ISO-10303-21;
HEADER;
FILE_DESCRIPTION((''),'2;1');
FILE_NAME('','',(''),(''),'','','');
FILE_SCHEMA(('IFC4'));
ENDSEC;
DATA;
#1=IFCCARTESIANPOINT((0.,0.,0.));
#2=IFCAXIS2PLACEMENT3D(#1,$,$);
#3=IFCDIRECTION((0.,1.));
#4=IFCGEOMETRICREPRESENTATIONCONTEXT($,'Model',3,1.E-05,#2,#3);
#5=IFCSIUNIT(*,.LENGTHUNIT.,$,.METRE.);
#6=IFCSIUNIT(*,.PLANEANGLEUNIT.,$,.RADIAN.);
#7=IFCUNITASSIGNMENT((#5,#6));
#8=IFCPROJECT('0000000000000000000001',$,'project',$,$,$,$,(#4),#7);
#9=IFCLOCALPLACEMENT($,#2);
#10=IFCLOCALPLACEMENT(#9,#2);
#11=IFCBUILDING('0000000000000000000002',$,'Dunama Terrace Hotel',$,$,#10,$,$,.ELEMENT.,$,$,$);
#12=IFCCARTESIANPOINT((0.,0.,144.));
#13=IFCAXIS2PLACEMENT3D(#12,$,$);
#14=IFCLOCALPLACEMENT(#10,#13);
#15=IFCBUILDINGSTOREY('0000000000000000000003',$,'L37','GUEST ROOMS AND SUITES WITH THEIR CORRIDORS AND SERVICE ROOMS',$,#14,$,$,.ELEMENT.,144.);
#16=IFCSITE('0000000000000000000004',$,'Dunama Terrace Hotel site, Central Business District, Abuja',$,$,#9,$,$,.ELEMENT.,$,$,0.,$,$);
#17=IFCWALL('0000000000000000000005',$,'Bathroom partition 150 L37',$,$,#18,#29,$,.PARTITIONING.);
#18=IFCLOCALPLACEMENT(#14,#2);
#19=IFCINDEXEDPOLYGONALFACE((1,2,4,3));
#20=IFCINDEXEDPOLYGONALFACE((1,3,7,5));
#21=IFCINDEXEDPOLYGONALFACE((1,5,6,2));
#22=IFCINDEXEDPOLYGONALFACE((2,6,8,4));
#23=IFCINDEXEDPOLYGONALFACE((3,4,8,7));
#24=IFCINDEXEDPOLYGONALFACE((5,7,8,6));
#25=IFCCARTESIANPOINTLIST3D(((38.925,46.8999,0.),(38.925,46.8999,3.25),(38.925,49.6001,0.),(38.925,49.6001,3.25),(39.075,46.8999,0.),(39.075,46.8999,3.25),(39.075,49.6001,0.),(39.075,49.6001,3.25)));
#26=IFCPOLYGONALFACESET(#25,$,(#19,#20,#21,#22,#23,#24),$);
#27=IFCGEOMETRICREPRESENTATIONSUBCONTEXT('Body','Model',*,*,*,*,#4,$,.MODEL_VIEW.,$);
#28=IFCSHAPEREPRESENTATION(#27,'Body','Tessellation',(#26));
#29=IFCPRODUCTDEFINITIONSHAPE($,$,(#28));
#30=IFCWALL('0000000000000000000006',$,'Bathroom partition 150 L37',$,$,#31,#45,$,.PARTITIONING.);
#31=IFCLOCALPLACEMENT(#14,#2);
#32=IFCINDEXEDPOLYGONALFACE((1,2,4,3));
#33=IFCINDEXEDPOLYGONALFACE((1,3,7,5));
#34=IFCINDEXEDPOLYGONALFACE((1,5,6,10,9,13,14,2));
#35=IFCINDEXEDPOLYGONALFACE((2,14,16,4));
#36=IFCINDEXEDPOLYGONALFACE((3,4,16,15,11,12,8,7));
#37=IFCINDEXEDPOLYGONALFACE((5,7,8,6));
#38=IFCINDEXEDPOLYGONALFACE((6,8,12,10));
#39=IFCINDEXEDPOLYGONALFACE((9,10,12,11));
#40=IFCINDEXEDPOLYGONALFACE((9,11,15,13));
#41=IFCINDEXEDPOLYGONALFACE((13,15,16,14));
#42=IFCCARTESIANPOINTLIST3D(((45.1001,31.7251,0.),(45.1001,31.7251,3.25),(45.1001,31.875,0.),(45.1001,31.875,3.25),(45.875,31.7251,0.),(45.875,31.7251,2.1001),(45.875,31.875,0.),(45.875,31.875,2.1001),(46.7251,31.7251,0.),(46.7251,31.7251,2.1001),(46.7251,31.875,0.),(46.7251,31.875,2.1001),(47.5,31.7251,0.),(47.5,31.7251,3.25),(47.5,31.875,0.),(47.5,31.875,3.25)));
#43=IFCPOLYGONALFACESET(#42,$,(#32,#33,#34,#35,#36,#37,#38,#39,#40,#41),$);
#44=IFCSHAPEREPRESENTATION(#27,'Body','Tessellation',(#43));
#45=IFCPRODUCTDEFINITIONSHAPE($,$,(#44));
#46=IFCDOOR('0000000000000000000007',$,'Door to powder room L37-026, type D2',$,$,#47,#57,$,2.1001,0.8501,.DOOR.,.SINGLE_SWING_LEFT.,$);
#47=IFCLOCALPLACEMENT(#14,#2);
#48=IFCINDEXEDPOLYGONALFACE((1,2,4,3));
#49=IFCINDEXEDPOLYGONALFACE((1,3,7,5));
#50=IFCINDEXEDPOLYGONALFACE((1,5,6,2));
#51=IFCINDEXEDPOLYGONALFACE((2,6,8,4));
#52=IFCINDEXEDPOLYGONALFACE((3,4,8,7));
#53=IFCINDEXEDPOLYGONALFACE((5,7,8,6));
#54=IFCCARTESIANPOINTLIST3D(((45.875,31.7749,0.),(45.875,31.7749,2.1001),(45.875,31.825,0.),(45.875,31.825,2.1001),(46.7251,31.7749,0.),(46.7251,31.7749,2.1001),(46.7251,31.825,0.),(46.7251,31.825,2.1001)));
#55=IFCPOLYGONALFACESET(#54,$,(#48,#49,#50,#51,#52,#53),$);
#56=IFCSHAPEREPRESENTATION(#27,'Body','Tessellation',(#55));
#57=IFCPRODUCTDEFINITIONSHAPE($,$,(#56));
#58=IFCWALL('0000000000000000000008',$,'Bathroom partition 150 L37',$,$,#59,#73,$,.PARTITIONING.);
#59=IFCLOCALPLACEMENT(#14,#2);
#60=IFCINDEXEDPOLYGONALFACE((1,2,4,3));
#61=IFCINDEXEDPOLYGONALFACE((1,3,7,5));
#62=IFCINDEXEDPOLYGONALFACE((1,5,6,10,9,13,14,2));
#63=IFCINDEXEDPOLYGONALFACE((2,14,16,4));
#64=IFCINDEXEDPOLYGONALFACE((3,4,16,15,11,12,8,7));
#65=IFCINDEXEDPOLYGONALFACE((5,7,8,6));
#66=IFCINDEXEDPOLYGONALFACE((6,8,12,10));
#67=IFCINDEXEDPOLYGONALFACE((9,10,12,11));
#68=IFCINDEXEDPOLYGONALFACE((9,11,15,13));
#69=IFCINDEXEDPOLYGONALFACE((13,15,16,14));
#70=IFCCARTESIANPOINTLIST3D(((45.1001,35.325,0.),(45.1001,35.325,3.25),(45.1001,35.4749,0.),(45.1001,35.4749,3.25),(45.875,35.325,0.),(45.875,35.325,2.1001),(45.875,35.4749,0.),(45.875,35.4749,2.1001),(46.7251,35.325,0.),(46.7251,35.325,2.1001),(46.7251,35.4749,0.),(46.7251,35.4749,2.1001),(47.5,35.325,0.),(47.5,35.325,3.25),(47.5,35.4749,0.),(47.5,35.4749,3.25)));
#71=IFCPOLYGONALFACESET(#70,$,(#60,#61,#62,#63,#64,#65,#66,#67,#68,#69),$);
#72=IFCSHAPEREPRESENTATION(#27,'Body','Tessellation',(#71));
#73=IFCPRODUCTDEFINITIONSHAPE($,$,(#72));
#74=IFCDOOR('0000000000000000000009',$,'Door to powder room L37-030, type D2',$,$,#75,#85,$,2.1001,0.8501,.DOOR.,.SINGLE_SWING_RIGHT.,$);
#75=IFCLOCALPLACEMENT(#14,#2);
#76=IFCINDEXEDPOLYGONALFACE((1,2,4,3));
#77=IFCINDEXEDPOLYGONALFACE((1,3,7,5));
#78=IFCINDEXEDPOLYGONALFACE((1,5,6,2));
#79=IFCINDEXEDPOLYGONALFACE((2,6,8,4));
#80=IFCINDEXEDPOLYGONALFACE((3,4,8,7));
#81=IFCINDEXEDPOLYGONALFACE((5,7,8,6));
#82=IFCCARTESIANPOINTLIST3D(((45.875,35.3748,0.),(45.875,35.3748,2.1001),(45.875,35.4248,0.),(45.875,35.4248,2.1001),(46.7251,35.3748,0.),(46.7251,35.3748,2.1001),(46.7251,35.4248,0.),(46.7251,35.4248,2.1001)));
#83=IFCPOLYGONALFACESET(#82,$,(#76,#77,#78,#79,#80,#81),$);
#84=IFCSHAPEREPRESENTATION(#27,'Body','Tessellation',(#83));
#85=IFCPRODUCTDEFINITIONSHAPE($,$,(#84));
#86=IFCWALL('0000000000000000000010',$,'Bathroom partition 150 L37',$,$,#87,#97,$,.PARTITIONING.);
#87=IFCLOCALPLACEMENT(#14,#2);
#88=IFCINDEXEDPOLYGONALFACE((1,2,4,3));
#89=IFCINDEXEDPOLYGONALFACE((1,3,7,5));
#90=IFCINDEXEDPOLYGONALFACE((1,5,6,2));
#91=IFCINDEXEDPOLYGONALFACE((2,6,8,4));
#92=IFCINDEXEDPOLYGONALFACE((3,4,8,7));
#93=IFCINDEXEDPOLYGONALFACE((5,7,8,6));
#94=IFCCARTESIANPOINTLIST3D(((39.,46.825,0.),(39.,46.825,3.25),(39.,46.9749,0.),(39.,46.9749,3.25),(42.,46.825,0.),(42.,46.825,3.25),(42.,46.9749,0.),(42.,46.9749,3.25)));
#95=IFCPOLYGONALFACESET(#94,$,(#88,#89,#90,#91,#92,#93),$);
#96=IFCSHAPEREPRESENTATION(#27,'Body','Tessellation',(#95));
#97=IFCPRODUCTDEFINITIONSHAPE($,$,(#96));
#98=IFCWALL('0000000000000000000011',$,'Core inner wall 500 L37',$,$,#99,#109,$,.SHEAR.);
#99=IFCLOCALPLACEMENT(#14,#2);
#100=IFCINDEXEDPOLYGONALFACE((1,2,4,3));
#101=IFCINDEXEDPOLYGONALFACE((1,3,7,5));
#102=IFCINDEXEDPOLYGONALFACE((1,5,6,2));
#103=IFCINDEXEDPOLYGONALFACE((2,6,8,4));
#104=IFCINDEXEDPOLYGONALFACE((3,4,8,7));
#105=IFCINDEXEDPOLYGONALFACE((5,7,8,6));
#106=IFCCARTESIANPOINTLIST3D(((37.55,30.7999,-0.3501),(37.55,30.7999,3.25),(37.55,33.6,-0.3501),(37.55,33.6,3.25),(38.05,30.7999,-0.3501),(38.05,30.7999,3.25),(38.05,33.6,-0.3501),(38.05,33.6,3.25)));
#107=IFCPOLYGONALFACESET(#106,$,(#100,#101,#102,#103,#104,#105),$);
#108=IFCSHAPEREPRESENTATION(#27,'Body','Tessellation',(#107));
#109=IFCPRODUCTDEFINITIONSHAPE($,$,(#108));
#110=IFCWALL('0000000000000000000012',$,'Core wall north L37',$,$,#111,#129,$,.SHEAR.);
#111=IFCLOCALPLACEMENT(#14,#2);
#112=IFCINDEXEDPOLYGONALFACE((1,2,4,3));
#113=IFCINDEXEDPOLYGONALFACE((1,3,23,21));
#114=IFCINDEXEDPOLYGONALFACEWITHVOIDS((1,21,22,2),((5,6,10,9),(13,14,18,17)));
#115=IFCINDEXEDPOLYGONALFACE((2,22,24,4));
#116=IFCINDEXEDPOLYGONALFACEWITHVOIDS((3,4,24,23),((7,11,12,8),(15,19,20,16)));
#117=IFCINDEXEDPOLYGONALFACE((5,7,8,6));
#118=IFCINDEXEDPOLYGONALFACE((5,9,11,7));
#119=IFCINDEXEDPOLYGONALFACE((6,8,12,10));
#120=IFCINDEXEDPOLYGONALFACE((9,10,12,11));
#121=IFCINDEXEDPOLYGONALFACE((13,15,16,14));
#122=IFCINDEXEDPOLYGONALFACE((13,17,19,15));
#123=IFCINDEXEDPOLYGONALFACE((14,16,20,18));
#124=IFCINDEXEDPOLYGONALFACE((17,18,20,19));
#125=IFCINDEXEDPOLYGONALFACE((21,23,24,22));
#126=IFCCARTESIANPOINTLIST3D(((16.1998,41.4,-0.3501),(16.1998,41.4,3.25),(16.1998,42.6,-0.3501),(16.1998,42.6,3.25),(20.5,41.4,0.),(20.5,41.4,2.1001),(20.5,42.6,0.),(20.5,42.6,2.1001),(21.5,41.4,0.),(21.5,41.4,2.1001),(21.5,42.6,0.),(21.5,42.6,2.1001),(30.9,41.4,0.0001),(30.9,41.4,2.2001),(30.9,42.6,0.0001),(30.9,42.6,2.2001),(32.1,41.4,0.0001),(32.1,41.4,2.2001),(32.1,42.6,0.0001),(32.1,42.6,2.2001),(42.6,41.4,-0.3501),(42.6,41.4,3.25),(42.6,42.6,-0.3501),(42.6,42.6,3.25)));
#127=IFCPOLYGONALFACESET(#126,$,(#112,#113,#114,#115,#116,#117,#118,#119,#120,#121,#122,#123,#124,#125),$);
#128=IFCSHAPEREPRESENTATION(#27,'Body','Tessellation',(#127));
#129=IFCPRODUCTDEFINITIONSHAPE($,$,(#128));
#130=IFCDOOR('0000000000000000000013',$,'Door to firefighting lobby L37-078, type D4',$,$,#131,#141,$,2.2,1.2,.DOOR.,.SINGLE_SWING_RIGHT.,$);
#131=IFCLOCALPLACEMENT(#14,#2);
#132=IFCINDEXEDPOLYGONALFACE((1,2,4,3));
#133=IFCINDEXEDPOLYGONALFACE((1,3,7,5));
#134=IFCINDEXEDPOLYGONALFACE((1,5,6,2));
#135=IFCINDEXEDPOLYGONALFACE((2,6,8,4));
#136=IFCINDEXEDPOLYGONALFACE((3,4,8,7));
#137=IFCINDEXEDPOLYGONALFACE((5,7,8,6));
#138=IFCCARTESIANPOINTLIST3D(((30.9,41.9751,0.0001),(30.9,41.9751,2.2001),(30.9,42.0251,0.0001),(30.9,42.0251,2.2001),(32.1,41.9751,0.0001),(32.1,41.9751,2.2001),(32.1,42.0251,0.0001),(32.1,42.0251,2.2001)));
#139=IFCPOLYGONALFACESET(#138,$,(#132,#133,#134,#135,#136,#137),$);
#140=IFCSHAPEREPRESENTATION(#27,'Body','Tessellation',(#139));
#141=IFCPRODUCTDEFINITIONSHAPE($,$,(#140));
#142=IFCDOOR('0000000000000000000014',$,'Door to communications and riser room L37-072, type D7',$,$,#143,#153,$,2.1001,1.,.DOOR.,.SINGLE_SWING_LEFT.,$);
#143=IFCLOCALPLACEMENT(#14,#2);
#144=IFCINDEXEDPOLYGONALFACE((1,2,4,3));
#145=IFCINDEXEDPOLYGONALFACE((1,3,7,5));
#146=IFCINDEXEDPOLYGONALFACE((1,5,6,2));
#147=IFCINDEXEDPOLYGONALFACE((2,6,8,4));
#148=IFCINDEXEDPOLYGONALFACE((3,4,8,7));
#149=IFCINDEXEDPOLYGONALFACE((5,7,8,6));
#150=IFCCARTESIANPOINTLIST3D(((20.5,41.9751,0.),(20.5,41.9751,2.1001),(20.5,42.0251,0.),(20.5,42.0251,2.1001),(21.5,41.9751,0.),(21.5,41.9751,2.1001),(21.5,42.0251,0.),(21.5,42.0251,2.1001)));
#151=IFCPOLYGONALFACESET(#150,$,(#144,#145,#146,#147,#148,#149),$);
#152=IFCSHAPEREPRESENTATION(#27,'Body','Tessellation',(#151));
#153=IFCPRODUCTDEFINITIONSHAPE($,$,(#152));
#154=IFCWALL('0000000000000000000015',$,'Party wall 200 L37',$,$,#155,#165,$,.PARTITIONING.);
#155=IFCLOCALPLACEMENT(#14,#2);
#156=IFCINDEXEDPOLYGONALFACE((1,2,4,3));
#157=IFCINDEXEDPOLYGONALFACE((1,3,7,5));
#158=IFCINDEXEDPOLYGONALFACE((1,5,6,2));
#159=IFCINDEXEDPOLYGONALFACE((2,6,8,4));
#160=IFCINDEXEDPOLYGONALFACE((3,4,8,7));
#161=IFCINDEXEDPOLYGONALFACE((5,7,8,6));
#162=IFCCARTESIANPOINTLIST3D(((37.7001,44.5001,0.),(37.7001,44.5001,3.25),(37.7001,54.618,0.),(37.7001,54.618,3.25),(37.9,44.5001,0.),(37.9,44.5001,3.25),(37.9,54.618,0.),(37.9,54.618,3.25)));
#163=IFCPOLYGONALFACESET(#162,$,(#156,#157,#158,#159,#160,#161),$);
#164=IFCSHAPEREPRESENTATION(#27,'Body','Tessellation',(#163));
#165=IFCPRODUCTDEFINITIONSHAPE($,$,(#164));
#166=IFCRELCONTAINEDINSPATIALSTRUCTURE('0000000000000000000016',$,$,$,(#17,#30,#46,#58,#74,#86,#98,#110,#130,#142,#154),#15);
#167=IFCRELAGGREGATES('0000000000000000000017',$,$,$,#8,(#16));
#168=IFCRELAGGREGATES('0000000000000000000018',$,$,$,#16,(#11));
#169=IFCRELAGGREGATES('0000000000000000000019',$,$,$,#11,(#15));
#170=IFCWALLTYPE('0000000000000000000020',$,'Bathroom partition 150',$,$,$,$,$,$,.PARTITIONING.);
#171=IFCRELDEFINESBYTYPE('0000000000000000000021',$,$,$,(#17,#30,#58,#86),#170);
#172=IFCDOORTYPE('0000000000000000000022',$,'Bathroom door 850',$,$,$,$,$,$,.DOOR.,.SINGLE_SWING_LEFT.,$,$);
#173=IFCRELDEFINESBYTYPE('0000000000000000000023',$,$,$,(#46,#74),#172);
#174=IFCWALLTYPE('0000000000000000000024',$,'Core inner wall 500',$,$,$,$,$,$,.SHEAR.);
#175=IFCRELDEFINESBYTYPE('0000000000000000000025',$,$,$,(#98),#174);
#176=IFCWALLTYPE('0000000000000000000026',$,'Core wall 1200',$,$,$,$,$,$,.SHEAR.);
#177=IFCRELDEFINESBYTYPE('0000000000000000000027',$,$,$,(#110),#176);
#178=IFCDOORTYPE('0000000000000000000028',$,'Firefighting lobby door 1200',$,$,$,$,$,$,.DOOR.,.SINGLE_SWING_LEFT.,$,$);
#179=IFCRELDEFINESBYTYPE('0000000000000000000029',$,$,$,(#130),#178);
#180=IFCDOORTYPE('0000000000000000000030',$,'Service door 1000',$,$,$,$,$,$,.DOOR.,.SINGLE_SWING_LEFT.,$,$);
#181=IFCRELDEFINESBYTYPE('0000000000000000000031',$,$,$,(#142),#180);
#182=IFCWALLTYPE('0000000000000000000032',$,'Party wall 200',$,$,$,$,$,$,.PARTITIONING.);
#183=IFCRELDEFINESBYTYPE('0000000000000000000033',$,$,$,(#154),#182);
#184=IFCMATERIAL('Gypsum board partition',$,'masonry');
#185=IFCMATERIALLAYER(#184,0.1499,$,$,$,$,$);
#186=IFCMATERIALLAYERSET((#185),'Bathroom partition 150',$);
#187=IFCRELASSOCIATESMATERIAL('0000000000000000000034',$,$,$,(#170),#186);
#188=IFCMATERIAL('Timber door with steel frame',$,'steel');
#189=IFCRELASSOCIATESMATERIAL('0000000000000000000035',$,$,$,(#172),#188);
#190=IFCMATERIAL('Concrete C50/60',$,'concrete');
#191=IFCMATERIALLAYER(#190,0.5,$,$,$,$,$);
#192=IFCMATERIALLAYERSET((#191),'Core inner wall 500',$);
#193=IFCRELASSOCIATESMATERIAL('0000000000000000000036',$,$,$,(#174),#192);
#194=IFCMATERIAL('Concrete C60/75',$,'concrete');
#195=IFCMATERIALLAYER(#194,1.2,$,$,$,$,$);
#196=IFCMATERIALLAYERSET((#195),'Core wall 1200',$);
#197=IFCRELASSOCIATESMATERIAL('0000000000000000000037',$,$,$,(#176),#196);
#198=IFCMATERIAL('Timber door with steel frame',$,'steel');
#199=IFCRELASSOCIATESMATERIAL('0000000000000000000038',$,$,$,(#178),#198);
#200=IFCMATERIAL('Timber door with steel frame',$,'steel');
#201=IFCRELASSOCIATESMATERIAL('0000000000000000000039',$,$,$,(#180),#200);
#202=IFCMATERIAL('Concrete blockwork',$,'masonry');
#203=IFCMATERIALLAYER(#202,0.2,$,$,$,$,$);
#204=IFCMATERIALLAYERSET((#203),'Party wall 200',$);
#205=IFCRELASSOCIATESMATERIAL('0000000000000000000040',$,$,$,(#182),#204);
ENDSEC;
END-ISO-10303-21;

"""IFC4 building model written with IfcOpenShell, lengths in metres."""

from ifc_helpers import new_model, si_unit, direction, frame, frame_2d, origin, place, context, subcontext, project, spatial, rectangle, extrude, material, layer, layer_set, type_object, element, fill, save


model = new_model("IFC4")

# Units and contexts
model_context = context("Model", 3, precision=1e-05, world=origin(), true_north=direction((0.0, 1.0)))
body_context = subcontext(model_context, "Body", "Model", "MODEL_VIEW")
ifc_project = project(units=[si_unit("LENGTHUNIT", "METRE"), si_unit("PLANEANGLEUNIT", "RADIAN")], contexts=[model_context])

# Site, building, storey
site_placement = place(None, origin())
site = spatial("IfcSite", under=ifc_project, at=site_placement, Name="Dunama Terrace Hotel site, Central Business District, Abuja", CompositionType="ELEMENT", RefElevation=0.0)
building_placement = place(site_placement, origin())
building = spatial("IfcBuilding", under=site, at=building_placement, Name="Dunama Terrace Hotel", CompositionType="ELEMENT")
storey_placement = place(building_placement, frame((0.0, 0.0, 144.0)))
storey = spatial("IfcBuildingStorey", under=building, at=storey_placement, Name="L37", Description="GUEST ROOMS AND SUITES WITH THEIR CORRIDORS AND SERVICE ROOMS", CompositionType="ELEMENT", Elevation=144.0)

# Wall
ifc_material_1 = material(Name="Gypsum board partition", Category="masonry")
ifc_layer_1 = layer(ifc_material_1, 0.1499)
ifc_layer_set_1 = layer_set([ifc_layer_1], Name="Bathroom partition 150")
wall_type_1 = type_object("IfcWallType", Name="Bathroom partition 150", PredefinedType="PARTITIONING", material=ifc_layer_set_1)
wall_1_placement = place(storey_placement, frame((39.0, 46.8999, 0.0), z_axis=(0.0, 0.0, 1.0), x_axis=(0.0, 1.0, 0.0)))
element("IfcWall", 1, at=wall_1_placement, inside=storey, type_object=wall_type_1, Name="Bathroom partition 150 L37", PredefinedType="PARTITIONING", context=body_context, shape_type="SweptSolid", body=[
    extrude(rectangle(XDim=2.7002, YDim=0.1499, at=frame_2d((1.3501, 0.0))), origin(), (0.0, 0.0, 1.0), 3.25),
])

# Walls, openings, doors
wall_2_placement = place(storey_placement, frame((45.1001, 31.8, 0.0), z_axis=(0.0, 0.0, 1.0), x_axis=(1.0, 0.0, 0.0)))
wall_2 = element("IfcWall", 2, at=wall_2_placement, inside=storey, type_object=wall_type_1, Name="Bathroom partition 150 L37", PredefinedType="PARTITIONING", context=body_context, shape_type="SweptSolid", body=[
    extrude(rectangle(XDim=2.3999, YDim=0.1499, at=frame_2d((1.2, 0.0))), origin(), (0.0, 0.0, 1.0), 3.25),
])
opening_1_placement = place(wall_2_placement, frame((0.7749, 0.0, 0.0)))
opening_1 = element("IfcOpeningElement", 3, at=opening_1_placement, cuts=wall_2, PredefinedType="OPENING", context=body_context, shape_type="SweptSolid", body=[
    extrude(rectangle(XDim=0.8501, YDim=2.1001, at=frame_2d((0.425, 1.05))), frame((0.0, 0.085, 0.0), z_axis=(0.0, -1.0, 0.0), x_axis=(1.0, 0.0, 0.0)), (0.0, 0.0, 1.0), 0.1699),
])
ifc_material_2 = material(Name="Timber door with steel frame", Category="steel")
door_type_1 = type_object("IfcDoorType", Name="Bathroom door 850", OperationType="SINGLE_SWING_LEFT", PredefinedType="DOOR", material=ifc_material_2)
door_1_placement = place(opening_1_placement, origin())
door_1 = element("IfcDoor", 4, at=door_1_placement, inside=storey, type_object=door_type_1, Name="Door to powder room L37-026, type D2", OperationType="SINGLE_SWING_LEFT", OverallHeight=2.1001, OverallWidth=0.8501, PredefinedType="DOOR", context=body_context, shape_type="SweptSolid", body=[
    extrude(rectangle(XDim=0.8501, YDim=2.1001, at=frame_2d((0.425, 1.05))), frame((0.0, 0.0249, 0.0), z_axis=(0.0, -1.0, 0.0), x_axis=(1.0, 0.0, 0.0)), (0.0, 0.0, 1.0), 0.05),
])
fill(opening_1, door_1)
wall_3_placement = place(storey_placement, frame((45.1001, 35.3999, 0.0), z_axis=(0.0, 0.0, 1.0), x_axis=(1.0, 0.0, 0.0)))
wall_3 = element("IfcWall", 5, at=wall_3_placement, inside=storey, type_object=wall_type_1, Name="Bathroom partition 150 L37", PredefinedType="PARTITIONING", context=body_context, shape_type="SweptSolid", body=[
    extrude(rectangle(XDim=2.3999, YDim=0.1499, at=frame_2d((1.2, 0.0))), origin(), (0.0, 0.0, 1.0), 3.25),
])
opening_2_placement = place(wall_3_placement, frame((0.7749, 0.0, 0.0)))
opening_2 = element("IfcOpeningElement", 6, at=opening_2_placement, cuts=wall_3, PredefinedType="OPENING", context=body_context, shape_type="SweptSolid", body=[
    extrude(rectangle(XDim=0.8501, YDim=2.1001, at=frame_2d((0.425, 1.05))), frame((0.0, 0.085, 0.0), z_axis=(0.0, -1.0, 0.0), x_axis=(1.0, 0.0, 0.0)), (0.0, 0.0, 1.0), 0.1699),
])
door_2_placement = place(opening_2_placement, frame((0.8501, 0.0, 0.0), z_axis=(0.0, 0.0, 1.0), x_axis=(-1.0, 0.0, 0.0)))
door_2 = element("IfcDoor", 7, at=door_2_placement, inside=storey, type_object=door_type_1, Name="Door to powder room L37-030, type D2", OperationType="SINGLE_SWING_RIGHT", OverallHeight=2.1001, OverallWidth=0.8501, PredefinedType="DOOR", context=body_context, shape_type="SweptSolid", body=[
    extrude(rectangle(XDim=0.8501, YDim=2.1001, at=frame_2d((0.425, 1.05))), frame((0.0, 0.0251, 0.0), z_axis=(0.0, -1.0, 0.0), x_axis=(1.0, 0.0, 0.0)), (0.0, 0.0, 1.0), 0.05),
])
fill(opening_2, door_2)

# Walls
wall_4_placement = place(storey_placement, frame((39.0, 46.8999, 0.0), z_axis=(0.0, 0.0, 1.0), x_axis=(1.0, 0.0, 0.0)))
element("IfcWall", 8, at=wall_4_placement, inside=storey, type_object=wall_type_1, Name="Bathroom partition 150 L37", PredefinedType="PARTITIONING", context=body_context, shape_type="SweptSolid", body=[
    extrude(rectangle(XDim=3.0, YDim=0.1499, at=frame_2d((1.5, 0.0))), origin(), (0.0, 0.0, 1.0), 3.25),
])
ifc_material_3 = material(Name="Concrete C50/60", Category="concrete")
ifc_layer_2 = layer(ifc_material_3, 0.5)
ifc_layer_set_2 = layer_set([ifc_layer_2], Name="Core inner wall 500")
wall_type_2 = type_object("IfcWallType", Name="Core inner wall 500", PredefinedType="SHEAR", material=ifc_layer_set_2)
wall_5_placement = place(storey_placement, frame((37.8, 30.8, -0.3501), z_axis=(0.0, 0.0, 1.0), x_axis=(0.0, 1.0, 0.0)))
element("IfcWall", 9, at=wall_5_placement, inside=storey, type_object=wall_type_2, Name="Core inner wall 500 L37", PredefinedType="SHEAR", context=body_context, shape_type="SweptSolid", body=[
    extrude(rectangle(XDim=2.8, YDim=0.5, at=frame_2d((1.3999, 0.0))), origin(), (0.0, 0.0, 1.0), 3.6001),
])

# Wall, openings, doors
ifc_material_4 = material(Name="Concrete C60/75", Category="concrete")
ifc_layer_3 = layer(ifc_material_4, 1.2)
ifc_layer_set_3 = layer_set([ifc_layer_3], Name="Core wall 1200")
wall_type_3 = type_object("IfcWallType", Name="Core wall 1200", PredefinedType="SHEAR", material=ifc_layer_set_3)
wall_6_placement = place(storey_placement, frame((42.6001, 42.0, -0.3501), z_axis=(0.0, 0.0, 1.0), x_axis=(-1.0, 0.0, 0.0)))
wall_6 = element("IfcWall", 10, at=wall_6_placement, inside=storey, type_object=wall_type_3, Name="Core wall north L37", PredefinedType="SHEAR", context=body_context, shape_type="SweptSolid", body=[
    extrude(rectangle(XDim=26.4001, YDim=1.2, at=frame_2d((13.2002, 0.0))), origin(), (0.0, 0.0, 1.0), 3.6001),
])
opening_3_placement = place(wall_6_placement, frame((21.1001, 0.0, 0.3501)))
opening_3 = element("IfcOpeningElement", 11, at=opening_3_placement, cuts=wall_6, PredefinedType="OPENING", context=body_context, shape_type="SweptSolid", body=[
    extrude(rectangle(XDim=1.0, YDim=2.1001, at=frame_2d((0.5, 1.05))), frame((0.0, 0.6099, 0.0), z_axis=(0.0, -1.0, 0.0), x_axis=(1.0, 0.0, 0.0)), (0.0, 0.0, 1.0), 1.22),
])
opening_4_placement = place(wall_6_placement, frame((10.5, 0.0, 0.3501)))
opening_4 = element("IfcOpeningElement", 12, at=opening_4_placement, cuts=wall_6, PredefinedType="OPENING", context=body_context, shape_type="SweptSolid", body=[
    extrude(rectangle(XDim=1.2, YDim=2.2, at=frame_2d((0.6001, 1.1001))), frame((0.0, 0.6099, 0.0), z_axis=(0.0, -1.0, 0.0), x_axis=(1.0, 0.0, 0.0)), (0.0, 0.0, 1.0), 1.22),
])
ifc_material_5 = material(Name="Timber door with steel frame", Category="steel")
door_type_2 = type_object("IfcDoorType", Name="Firefighting lobby door 1200", OperationType="SINGLE_SWING_LEFT", PredefinedType="DOOR", material=ifc_material_5)
door_3_placement = place(opening_4_placement, origin())
door_3 = element("IfcDoor", 13, at=door_3_placement, inside=storey, type_object=door_type_2, Name="Door to firefighting lobby L37-078, type D4", OperationType="SINGLE_SWING_RIGHT", OverallHeight=2.2, OverallWidth=1.2, PredefinedType="DOOR", context=body_context, shape_type="SweptSolid", body=[
    extrude(rectangle(XDim=1.2, YDim=2.2, at=frame_2d((0.6001, 1.1001))), frame((0.0, 0.0249, 0.0), z_axis=(0.0, -1.0, 0.0), x_axis=(1.0, 0.0, 0.0)), (0.0, 0.0, 1.0), 0.05),
])
fill(opening_4, door_3)
ifc_material_6 = material(Name="Timber door with steel frame", Category="steel")
door_type_3 = type_object("IfcDoorType", Name="Service door 1000", OperationType="SINGLE_SWING_LEFT", PredefinedType="DOOR", material=ifc_material_6)
door_4_placement = place(opening_3_placement, origin())
door_4 = element("IfcDoor", 14, at=door_4_placement, inside=storey, type_object=door_type_3, Name="Door to communications and riser room L37-072, type D7", OperationType="SINGLE_SWING_LEFT", OverallHeight=2.1001, OverallWidth=1.0, PredefinedType="DOOR", context=body_context, shape_type="SweptSolid", body=[
    extrude(rectangle(XDim=1.0, YDim=2.1001, at=frame_2d((0.5, 1.05))), frame((0.0, 0.0249, 0.0), z_axis=(0.0, -1.0, 0.0), x_axis=(1.0, 0.0, 0.0)), (0.0, 0.0, 1.0), 0.05),
])
fill(opening_3, door_4)

# Wall
ifc_material_7 = material(Name="Concrete blockwork", Category="masonry")
ifc_layer_4 = layer(ifc_material_7, 0.2)
ifc_layer_set_4 = layer_set([ifc_layer_4], Name="Party wall 200")
wall_type_4 = type_object("IfcWallType", Name="Party wall 200", PredefinedType="PARTITIONING", material=ifc_layer_set_4)
for number, where, z_axis, x_axis, name in (
    (15, (37.8, 44.5, 0.0), (0.0, 0.0, 1.0), (0.0, 1.0, 0.0), "Party wall 200 L37"),
):
    element("IfcWall", number, at=place(storey_placement, frame(where, z_axis=z_axis, x_axis=x_axis)), inside=storey, type_object=wall_type_4, Name=name, PredefinedType="PARTITIONING", context=body_context, shape_type="SweptSolid", body=[
        extrude(rectangle(XDim=10.1179, YDim=0.2, at=frame_2d((5.0591, 0.0))), origin(), (0.0, 0.0, 1.0), 3.25),
    ])

save(model, "model.ifc")
